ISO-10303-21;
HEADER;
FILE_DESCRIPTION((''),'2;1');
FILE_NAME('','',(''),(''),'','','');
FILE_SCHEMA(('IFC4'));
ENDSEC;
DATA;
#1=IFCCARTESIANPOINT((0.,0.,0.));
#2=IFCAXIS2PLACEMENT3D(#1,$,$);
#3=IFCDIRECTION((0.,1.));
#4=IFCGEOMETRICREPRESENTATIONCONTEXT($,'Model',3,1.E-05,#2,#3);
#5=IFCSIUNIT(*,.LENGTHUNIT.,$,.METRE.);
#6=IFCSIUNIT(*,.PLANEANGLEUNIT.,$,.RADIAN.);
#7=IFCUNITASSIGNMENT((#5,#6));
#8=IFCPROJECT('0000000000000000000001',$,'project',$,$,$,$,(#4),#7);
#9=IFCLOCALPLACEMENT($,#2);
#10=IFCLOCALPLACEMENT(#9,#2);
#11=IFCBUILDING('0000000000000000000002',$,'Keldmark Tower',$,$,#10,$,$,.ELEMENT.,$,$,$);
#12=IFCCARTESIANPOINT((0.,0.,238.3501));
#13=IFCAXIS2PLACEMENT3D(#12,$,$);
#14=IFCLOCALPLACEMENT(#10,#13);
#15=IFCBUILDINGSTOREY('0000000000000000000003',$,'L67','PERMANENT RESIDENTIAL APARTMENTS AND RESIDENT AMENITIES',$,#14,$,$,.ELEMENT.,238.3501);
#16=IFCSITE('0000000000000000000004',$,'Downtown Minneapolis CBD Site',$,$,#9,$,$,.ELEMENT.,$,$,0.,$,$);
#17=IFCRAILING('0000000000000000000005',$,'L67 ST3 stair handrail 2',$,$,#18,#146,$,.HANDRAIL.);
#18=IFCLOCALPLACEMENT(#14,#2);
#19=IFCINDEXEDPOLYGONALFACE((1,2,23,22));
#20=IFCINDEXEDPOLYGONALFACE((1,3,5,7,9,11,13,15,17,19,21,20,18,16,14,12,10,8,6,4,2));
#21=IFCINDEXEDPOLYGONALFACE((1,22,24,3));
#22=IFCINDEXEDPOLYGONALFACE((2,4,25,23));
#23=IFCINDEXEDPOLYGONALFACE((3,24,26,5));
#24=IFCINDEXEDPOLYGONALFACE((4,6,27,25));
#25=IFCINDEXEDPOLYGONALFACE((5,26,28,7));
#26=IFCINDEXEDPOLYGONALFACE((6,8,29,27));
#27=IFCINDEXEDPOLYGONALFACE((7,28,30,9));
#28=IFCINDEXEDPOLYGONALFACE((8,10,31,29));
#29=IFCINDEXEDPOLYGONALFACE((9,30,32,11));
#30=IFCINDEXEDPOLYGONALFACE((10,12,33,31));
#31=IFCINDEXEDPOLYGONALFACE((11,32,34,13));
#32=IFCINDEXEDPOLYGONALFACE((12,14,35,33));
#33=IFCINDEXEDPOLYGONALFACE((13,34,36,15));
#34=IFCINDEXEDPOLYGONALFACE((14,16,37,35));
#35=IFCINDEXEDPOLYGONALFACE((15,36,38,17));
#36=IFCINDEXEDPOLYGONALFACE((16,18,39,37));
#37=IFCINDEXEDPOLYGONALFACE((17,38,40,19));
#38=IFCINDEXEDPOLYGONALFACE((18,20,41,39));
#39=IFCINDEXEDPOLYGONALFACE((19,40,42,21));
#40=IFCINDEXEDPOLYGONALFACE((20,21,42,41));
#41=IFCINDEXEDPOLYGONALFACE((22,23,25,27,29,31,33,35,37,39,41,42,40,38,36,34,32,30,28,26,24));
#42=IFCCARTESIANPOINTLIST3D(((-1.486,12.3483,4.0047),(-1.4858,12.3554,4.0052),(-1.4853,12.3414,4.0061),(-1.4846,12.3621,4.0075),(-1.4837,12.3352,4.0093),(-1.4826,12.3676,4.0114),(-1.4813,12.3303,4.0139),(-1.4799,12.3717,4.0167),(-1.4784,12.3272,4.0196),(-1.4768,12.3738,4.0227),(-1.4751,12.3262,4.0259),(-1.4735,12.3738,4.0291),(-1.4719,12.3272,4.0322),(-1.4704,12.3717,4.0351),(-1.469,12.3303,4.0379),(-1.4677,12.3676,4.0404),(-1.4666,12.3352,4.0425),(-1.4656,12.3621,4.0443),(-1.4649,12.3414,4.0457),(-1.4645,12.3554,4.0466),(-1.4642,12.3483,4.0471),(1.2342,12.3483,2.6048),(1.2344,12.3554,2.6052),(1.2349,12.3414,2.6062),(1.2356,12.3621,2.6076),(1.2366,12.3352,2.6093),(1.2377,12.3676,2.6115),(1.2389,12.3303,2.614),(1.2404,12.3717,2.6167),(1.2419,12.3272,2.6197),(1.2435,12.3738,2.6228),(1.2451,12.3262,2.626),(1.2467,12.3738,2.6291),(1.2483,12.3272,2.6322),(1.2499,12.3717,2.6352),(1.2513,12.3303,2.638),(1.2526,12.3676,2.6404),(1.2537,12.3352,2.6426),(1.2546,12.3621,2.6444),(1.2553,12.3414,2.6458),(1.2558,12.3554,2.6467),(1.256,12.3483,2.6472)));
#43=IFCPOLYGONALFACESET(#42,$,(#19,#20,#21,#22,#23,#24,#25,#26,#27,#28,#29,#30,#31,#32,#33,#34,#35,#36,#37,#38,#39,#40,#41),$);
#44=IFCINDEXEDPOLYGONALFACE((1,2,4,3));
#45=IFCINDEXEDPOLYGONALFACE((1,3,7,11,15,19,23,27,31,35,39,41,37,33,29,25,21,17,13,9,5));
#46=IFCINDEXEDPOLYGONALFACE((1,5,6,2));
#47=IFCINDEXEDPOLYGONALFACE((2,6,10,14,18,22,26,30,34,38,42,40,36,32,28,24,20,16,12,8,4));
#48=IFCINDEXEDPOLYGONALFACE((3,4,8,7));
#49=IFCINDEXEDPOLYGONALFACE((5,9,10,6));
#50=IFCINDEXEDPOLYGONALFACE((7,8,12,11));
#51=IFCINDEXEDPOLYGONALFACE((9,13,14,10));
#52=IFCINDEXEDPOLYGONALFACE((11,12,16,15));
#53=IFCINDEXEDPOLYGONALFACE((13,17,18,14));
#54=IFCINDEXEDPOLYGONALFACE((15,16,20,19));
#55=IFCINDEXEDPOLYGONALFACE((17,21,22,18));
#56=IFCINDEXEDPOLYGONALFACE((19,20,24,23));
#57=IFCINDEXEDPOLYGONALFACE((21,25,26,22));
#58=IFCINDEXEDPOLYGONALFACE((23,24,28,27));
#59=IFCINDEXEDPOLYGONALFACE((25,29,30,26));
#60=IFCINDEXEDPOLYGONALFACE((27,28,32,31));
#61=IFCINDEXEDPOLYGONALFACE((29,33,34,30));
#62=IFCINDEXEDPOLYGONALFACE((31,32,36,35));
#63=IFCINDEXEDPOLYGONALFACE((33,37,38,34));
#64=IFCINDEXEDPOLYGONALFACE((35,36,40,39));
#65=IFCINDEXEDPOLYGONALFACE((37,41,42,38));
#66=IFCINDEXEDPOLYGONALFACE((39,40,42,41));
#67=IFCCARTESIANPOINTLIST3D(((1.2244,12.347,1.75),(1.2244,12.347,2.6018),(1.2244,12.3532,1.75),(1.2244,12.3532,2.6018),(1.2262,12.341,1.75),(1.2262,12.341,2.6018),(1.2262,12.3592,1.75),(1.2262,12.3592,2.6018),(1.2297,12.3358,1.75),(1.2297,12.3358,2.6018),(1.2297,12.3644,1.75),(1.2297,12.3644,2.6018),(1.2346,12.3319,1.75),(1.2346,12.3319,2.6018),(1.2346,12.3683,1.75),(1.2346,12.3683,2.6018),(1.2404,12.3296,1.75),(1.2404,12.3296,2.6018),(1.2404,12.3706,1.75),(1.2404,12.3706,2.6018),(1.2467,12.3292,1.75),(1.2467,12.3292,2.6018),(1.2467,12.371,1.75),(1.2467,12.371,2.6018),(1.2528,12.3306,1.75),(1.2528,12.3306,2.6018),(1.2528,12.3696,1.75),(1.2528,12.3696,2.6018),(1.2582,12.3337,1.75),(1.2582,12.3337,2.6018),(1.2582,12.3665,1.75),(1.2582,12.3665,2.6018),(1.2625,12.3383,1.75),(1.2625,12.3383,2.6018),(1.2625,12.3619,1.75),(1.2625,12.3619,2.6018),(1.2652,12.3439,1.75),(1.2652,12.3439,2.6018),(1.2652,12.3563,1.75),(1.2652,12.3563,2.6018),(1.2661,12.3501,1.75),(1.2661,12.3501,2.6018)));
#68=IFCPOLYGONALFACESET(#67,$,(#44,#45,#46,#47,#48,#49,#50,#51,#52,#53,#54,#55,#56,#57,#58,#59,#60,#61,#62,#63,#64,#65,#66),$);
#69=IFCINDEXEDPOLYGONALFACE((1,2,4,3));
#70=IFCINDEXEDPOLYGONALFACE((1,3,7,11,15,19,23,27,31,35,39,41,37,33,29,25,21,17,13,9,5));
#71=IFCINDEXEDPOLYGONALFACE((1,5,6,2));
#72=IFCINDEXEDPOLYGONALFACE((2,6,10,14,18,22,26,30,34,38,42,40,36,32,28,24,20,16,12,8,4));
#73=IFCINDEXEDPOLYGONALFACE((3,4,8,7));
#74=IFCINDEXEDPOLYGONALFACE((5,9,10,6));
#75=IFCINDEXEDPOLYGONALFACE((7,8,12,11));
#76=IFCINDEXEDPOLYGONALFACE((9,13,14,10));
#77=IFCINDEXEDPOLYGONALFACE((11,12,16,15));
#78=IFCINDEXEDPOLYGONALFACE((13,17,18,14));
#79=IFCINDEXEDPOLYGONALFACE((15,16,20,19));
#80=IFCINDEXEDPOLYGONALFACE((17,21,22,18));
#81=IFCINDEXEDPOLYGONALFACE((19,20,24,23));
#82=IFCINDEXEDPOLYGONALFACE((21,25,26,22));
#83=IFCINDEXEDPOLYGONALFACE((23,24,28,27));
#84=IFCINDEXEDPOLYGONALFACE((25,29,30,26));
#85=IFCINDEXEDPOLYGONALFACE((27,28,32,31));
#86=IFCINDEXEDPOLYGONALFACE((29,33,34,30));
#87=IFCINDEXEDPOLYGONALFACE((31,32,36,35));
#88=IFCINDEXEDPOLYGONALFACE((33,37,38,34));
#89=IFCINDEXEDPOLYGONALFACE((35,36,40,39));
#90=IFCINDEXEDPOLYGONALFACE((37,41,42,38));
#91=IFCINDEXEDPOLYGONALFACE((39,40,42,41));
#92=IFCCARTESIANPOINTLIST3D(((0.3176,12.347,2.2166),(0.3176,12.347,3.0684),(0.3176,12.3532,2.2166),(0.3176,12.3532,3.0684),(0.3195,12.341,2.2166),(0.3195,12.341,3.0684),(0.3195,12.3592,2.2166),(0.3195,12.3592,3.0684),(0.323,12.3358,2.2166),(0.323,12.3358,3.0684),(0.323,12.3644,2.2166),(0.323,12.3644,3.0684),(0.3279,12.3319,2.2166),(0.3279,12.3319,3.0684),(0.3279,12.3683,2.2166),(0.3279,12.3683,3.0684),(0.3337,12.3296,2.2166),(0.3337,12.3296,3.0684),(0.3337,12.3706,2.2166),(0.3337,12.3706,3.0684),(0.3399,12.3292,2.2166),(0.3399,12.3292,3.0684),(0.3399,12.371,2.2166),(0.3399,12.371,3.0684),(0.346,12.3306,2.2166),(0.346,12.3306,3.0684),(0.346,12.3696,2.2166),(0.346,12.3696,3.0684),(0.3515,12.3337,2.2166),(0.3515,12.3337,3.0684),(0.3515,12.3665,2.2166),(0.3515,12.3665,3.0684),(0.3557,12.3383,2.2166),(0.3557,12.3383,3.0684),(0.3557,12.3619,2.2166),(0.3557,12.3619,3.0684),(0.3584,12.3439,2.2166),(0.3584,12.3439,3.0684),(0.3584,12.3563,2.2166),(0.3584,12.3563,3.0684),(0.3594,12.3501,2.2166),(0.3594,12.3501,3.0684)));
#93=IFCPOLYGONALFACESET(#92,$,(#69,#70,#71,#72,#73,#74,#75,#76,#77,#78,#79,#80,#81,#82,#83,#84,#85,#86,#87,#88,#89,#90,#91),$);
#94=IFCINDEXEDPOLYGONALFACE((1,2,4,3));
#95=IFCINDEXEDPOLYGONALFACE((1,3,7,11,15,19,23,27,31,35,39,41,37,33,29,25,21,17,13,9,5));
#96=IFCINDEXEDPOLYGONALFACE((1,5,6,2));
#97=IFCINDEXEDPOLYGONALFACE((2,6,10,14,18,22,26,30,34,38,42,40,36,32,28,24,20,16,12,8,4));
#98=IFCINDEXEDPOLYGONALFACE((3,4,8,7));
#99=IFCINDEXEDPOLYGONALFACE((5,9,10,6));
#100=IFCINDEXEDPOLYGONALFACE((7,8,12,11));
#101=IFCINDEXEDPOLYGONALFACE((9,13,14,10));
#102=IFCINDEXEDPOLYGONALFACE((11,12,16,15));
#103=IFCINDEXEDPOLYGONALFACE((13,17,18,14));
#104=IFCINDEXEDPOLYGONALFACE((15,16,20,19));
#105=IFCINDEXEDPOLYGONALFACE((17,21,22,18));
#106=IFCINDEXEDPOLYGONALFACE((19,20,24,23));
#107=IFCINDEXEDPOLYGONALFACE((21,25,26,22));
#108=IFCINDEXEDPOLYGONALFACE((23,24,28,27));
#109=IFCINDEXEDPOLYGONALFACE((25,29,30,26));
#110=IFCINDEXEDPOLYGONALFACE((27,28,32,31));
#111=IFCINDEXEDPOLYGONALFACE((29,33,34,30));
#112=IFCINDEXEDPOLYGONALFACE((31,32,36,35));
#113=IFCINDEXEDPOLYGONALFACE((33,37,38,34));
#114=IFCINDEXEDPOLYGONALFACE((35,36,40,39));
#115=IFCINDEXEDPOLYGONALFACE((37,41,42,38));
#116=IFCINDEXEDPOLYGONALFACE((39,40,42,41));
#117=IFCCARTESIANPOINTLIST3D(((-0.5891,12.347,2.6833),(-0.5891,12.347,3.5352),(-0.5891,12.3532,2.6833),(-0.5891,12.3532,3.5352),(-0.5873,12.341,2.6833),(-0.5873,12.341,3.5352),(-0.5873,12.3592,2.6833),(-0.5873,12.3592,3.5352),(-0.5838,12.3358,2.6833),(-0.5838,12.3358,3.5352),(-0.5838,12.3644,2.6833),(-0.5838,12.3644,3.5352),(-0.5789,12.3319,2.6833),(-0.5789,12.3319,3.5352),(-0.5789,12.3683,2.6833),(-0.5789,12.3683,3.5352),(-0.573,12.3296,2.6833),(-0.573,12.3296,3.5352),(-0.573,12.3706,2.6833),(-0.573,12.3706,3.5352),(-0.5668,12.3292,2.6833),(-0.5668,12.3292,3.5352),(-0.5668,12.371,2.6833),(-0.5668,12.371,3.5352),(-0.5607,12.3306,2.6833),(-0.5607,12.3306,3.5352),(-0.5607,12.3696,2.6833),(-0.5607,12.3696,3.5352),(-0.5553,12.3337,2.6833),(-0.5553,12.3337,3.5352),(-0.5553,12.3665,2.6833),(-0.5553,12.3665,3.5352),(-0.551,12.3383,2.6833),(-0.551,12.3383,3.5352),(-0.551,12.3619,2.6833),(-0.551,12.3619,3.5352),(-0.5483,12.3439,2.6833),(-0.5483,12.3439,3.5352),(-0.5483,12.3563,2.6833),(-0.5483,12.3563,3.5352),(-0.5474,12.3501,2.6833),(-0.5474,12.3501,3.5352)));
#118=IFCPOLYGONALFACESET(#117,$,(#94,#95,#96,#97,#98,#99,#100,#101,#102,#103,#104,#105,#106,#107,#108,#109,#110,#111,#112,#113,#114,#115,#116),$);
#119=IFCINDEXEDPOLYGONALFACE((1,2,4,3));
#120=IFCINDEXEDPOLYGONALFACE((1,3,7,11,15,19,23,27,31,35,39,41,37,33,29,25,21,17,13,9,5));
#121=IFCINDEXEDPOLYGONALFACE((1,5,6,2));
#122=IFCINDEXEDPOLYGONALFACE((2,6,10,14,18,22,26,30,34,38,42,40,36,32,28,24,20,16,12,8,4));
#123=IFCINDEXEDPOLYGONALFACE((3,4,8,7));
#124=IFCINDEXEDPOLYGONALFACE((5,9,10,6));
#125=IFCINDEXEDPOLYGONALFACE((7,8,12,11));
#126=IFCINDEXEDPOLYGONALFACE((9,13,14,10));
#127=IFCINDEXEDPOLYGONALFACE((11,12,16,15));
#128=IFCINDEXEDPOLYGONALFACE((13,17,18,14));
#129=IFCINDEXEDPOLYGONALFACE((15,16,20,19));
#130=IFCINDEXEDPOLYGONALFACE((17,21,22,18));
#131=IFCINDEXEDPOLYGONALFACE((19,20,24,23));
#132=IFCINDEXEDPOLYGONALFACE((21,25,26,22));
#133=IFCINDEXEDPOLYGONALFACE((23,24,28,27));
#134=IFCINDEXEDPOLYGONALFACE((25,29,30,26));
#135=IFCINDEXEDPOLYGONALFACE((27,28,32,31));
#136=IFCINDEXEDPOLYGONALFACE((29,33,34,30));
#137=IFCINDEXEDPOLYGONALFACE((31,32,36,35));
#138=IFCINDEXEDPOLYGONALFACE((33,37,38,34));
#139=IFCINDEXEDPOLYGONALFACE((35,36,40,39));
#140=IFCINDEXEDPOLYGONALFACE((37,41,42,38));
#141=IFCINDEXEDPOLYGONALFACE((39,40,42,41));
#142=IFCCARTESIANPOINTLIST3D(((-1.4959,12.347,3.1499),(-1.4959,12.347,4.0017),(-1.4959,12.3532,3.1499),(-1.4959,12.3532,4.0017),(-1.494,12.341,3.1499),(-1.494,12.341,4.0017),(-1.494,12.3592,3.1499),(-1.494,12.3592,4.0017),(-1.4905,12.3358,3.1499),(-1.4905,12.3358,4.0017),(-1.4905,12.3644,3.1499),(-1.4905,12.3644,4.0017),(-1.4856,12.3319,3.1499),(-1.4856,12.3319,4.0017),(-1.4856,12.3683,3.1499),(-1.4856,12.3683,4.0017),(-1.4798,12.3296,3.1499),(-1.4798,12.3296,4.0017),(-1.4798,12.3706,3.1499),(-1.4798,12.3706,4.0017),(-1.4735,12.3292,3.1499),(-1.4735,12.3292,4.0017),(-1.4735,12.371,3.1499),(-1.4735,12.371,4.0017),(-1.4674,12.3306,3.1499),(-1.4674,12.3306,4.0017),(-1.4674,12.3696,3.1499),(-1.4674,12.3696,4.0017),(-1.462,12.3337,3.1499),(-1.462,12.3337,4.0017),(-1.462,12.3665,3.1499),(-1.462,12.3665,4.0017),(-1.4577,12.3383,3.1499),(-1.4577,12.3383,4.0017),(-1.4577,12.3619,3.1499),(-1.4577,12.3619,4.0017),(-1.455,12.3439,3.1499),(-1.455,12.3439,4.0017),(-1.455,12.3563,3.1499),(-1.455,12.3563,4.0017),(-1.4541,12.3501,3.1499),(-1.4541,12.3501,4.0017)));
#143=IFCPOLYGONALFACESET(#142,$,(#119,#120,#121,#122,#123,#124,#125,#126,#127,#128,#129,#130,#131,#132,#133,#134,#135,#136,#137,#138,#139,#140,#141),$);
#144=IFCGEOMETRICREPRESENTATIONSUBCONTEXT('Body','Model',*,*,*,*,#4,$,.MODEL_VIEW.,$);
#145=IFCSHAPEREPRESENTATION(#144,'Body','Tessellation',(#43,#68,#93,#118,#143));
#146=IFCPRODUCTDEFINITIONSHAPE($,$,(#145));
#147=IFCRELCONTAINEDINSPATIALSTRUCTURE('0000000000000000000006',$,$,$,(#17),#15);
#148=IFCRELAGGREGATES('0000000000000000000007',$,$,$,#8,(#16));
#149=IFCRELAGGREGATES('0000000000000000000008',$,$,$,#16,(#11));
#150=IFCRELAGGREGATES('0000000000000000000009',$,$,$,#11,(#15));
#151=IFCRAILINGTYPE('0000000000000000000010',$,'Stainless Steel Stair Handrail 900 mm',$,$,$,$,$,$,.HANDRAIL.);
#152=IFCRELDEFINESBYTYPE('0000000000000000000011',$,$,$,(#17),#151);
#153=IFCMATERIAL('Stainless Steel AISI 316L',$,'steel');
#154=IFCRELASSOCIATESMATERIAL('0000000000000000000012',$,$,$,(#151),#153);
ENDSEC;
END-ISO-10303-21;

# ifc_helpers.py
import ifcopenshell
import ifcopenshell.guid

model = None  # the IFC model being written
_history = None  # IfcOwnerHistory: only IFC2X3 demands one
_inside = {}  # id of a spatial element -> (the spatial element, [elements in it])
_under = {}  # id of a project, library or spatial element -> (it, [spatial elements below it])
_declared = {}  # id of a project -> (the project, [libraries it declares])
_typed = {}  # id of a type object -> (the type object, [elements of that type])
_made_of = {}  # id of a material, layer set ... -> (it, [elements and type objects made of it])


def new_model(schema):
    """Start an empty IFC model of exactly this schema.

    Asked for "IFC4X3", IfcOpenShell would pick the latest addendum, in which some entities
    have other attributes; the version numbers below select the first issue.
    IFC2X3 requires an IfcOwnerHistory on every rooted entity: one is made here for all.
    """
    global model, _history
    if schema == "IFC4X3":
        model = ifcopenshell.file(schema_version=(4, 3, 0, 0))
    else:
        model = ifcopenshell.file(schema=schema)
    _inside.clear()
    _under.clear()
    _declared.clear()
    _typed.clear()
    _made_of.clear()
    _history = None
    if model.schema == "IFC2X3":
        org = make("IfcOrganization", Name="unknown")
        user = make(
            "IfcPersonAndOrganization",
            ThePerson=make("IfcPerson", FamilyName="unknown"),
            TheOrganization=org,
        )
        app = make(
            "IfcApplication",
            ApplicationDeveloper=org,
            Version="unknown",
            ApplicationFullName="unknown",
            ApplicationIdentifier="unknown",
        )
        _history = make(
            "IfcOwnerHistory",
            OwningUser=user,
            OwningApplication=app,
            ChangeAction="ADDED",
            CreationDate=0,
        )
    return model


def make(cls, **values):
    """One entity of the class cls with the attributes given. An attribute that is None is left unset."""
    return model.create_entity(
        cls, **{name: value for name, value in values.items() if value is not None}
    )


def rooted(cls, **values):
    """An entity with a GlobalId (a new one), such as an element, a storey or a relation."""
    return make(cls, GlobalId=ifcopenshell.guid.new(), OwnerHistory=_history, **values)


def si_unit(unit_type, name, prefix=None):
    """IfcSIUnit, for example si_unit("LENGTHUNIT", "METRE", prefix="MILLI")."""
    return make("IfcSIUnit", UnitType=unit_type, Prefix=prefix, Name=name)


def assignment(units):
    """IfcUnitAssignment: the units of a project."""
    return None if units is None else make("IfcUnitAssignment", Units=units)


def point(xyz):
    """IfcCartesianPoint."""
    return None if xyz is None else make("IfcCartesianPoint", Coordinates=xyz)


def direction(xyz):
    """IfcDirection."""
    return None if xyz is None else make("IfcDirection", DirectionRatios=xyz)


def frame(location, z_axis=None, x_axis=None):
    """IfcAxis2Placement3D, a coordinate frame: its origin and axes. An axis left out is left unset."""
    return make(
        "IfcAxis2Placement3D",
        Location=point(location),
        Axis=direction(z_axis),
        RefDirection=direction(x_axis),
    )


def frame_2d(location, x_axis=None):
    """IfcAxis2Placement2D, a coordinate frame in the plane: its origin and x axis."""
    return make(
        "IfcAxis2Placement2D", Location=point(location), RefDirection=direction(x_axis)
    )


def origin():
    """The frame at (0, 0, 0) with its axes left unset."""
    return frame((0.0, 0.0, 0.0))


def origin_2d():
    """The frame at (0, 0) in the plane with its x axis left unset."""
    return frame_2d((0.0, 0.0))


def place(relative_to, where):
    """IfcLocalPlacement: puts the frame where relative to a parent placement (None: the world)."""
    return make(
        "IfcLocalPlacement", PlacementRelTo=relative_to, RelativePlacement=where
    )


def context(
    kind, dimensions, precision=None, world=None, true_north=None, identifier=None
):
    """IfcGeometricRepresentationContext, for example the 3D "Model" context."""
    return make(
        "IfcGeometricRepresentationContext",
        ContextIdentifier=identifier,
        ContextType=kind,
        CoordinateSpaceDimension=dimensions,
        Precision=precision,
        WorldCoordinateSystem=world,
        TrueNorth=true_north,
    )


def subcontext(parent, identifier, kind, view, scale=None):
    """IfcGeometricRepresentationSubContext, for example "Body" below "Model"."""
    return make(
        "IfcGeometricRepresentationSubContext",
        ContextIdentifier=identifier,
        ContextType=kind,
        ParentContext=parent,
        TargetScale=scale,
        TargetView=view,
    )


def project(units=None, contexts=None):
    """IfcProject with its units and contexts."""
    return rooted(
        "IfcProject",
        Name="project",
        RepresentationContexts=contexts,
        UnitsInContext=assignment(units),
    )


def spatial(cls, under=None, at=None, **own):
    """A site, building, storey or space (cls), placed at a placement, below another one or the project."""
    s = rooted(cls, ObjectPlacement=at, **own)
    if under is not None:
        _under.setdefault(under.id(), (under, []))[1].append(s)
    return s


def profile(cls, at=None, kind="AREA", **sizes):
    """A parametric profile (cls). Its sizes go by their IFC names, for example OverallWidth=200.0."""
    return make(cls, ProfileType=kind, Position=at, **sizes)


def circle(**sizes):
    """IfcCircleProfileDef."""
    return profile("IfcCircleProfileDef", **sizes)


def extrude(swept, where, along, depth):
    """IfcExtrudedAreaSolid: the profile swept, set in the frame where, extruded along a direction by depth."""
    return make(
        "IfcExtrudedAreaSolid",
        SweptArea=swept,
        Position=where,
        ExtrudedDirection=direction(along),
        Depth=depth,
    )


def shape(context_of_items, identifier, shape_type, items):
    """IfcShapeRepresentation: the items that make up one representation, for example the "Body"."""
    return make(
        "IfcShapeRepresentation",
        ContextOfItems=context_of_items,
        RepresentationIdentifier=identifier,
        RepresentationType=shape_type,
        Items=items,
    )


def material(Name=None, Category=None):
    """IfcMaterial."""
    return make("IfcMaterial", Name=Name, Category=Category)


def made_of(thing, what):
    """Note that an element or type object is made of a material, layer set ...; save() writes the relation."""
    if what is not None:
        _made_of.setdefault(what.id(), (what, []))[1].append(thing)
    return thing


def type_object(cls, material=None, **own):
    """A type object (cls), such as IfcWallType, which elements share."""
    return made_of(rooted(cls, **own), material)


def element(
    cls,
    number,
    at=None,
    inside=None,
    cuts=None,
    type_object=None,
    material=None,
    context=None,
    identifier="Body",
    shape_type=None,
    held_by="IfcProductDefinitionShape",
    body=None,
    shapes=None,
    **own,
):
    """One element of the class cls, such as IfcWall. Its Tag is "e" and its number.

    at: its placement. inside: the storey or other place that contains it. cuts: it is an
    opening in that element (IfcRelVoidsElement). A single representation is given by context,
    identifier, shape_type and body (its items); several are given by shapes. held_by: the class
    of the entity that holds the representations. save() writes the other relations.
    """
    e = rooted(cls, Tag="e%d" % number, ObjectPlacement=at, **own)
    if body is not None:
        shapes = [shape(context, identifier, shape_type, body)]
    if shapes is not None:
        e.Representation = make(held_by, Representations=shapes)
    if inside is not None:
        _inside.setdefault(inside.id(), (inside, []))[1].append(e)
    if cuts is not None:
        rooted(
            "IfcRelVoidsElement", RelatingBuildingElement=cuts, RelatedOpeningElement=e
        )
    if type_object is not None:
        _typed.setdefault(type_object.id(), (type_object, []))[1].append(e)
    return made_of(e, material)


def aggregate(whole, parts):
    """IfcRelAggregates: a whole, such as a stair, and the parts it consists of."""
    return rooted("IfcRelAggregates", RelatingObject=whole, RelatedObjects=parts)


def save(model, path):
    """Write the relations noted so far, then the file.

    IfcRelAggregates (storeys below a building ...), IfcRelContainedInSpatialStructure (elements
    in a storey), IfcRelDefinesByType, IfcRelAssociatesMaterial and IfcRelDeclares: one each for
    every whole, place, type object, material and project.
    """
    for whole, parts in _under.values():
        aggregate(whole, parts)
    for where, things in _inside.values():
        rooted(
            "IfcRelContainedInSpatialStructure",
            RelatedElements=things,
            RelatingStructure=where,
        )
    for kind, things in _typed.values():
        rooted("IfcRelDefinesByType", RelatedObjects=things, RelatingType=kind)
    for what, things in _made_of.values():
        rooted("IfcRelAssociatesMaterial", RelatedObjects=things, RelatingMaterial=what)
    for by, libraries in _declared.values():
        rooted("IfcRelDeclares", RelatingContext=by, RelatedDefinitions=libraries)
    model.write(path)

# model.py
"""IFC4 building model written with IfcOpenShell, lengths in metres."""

from ifc_helpers import new_model, si_unit, direction, frame, origin, origin_2d, place, context, subcontext, project, spatial, circle, extrude, material, type_object, element, save


model = new_model("IFC4")

# Units and contexts
model_context = context("Model", 3, precision=1e-05, world=origin(), true_north=direction((0.0, 1.0)))
body_context = subcontext(model_context, "Body", "Model", "MODEL_VIEW")
ifc_project = project(units=[si_unit("LENGTHUNIT", "METRE"), si_unit("PLANEANGLEUNIT", "RADIAN")], contexts=[model_context])

# Site, building, storey
site_placement = place(None, origin())
site = spatial("IfcSite", under=ifc_project, at=site_placement, Name="Downtown Minneapolis CBD Site", CompositionType="ELEMENT", RefElevation=0.0)
building_placement = place(site_placement, origin())
building = spatial("IfcBuilding", under=site, at=building_placement, Name="Keldmark Tower", CompositionType="ELEMENT")
storey_placement = place(building_placement, frame((0.0, 0.0, 238.3501)))
storey = spatial("IfcBuildingStorey", under=building, at=storey_placement, Name="L67", Description="PERMANENT RESIDENTIAL APARTMENTS AND RESIDENT AMENITIES", CompositionType="ELEMENT", Elevation=238.3501)

# Railing
ifc_material_1 = material(Name="Stainless Steel AISI 316L", Category="steel")
railing_type_1 = type_object("IfcRailingType", Name="Stainless Steel Stair Handrail 900 mm", PredefinedType="HANDRAIL", material=ifc_material_1)
railing_1_placement = place(storey_placement, frame((1.2451, 12.3501, 1.75)))
element("IfcRailing", 1, at=railing_1_placement, inside=storey, type_object=railing_type_1, Name="L67 ST3 stair handrail 2", PredefinedType="HANDRAIL", context=body_context, shape_type="SweptSolid", body=[
    extrude(circle(Radius=0.0239, at=origin_2d()), frame((0.0, 0.0, 0.876), z_axis=(-0.889164, 0.0, 0.45759), x_axis=(0.0, -1.0, 0.0)), (0.0, 0.0, 1.0), 3.0593),
    extrude(circle(Radius=0.021, at=origin_2d()), origin(), (0.0, 0.0, 1.0), 0.8518),
    extrude(circle(Radius=0.021, at=origin_2d()), frame((-0.9067, 0.0, 0.4666)), (0.0, 0.0, 1.0), 0.8518),
    extrude(circle(Radius=0.021, at=origin_2d()), frame((-1.8135, 0.0, 0.9333)), (0.0, 0.0, 1.0), 0.8518),
    extrude(circle(Radius=0.021, at=origin_2d()), frame((-2.7202, 0.0, 1.3999)), (0.0, 0.0, 1.0), 0.8518),
])

save(model, "model.ifc")
